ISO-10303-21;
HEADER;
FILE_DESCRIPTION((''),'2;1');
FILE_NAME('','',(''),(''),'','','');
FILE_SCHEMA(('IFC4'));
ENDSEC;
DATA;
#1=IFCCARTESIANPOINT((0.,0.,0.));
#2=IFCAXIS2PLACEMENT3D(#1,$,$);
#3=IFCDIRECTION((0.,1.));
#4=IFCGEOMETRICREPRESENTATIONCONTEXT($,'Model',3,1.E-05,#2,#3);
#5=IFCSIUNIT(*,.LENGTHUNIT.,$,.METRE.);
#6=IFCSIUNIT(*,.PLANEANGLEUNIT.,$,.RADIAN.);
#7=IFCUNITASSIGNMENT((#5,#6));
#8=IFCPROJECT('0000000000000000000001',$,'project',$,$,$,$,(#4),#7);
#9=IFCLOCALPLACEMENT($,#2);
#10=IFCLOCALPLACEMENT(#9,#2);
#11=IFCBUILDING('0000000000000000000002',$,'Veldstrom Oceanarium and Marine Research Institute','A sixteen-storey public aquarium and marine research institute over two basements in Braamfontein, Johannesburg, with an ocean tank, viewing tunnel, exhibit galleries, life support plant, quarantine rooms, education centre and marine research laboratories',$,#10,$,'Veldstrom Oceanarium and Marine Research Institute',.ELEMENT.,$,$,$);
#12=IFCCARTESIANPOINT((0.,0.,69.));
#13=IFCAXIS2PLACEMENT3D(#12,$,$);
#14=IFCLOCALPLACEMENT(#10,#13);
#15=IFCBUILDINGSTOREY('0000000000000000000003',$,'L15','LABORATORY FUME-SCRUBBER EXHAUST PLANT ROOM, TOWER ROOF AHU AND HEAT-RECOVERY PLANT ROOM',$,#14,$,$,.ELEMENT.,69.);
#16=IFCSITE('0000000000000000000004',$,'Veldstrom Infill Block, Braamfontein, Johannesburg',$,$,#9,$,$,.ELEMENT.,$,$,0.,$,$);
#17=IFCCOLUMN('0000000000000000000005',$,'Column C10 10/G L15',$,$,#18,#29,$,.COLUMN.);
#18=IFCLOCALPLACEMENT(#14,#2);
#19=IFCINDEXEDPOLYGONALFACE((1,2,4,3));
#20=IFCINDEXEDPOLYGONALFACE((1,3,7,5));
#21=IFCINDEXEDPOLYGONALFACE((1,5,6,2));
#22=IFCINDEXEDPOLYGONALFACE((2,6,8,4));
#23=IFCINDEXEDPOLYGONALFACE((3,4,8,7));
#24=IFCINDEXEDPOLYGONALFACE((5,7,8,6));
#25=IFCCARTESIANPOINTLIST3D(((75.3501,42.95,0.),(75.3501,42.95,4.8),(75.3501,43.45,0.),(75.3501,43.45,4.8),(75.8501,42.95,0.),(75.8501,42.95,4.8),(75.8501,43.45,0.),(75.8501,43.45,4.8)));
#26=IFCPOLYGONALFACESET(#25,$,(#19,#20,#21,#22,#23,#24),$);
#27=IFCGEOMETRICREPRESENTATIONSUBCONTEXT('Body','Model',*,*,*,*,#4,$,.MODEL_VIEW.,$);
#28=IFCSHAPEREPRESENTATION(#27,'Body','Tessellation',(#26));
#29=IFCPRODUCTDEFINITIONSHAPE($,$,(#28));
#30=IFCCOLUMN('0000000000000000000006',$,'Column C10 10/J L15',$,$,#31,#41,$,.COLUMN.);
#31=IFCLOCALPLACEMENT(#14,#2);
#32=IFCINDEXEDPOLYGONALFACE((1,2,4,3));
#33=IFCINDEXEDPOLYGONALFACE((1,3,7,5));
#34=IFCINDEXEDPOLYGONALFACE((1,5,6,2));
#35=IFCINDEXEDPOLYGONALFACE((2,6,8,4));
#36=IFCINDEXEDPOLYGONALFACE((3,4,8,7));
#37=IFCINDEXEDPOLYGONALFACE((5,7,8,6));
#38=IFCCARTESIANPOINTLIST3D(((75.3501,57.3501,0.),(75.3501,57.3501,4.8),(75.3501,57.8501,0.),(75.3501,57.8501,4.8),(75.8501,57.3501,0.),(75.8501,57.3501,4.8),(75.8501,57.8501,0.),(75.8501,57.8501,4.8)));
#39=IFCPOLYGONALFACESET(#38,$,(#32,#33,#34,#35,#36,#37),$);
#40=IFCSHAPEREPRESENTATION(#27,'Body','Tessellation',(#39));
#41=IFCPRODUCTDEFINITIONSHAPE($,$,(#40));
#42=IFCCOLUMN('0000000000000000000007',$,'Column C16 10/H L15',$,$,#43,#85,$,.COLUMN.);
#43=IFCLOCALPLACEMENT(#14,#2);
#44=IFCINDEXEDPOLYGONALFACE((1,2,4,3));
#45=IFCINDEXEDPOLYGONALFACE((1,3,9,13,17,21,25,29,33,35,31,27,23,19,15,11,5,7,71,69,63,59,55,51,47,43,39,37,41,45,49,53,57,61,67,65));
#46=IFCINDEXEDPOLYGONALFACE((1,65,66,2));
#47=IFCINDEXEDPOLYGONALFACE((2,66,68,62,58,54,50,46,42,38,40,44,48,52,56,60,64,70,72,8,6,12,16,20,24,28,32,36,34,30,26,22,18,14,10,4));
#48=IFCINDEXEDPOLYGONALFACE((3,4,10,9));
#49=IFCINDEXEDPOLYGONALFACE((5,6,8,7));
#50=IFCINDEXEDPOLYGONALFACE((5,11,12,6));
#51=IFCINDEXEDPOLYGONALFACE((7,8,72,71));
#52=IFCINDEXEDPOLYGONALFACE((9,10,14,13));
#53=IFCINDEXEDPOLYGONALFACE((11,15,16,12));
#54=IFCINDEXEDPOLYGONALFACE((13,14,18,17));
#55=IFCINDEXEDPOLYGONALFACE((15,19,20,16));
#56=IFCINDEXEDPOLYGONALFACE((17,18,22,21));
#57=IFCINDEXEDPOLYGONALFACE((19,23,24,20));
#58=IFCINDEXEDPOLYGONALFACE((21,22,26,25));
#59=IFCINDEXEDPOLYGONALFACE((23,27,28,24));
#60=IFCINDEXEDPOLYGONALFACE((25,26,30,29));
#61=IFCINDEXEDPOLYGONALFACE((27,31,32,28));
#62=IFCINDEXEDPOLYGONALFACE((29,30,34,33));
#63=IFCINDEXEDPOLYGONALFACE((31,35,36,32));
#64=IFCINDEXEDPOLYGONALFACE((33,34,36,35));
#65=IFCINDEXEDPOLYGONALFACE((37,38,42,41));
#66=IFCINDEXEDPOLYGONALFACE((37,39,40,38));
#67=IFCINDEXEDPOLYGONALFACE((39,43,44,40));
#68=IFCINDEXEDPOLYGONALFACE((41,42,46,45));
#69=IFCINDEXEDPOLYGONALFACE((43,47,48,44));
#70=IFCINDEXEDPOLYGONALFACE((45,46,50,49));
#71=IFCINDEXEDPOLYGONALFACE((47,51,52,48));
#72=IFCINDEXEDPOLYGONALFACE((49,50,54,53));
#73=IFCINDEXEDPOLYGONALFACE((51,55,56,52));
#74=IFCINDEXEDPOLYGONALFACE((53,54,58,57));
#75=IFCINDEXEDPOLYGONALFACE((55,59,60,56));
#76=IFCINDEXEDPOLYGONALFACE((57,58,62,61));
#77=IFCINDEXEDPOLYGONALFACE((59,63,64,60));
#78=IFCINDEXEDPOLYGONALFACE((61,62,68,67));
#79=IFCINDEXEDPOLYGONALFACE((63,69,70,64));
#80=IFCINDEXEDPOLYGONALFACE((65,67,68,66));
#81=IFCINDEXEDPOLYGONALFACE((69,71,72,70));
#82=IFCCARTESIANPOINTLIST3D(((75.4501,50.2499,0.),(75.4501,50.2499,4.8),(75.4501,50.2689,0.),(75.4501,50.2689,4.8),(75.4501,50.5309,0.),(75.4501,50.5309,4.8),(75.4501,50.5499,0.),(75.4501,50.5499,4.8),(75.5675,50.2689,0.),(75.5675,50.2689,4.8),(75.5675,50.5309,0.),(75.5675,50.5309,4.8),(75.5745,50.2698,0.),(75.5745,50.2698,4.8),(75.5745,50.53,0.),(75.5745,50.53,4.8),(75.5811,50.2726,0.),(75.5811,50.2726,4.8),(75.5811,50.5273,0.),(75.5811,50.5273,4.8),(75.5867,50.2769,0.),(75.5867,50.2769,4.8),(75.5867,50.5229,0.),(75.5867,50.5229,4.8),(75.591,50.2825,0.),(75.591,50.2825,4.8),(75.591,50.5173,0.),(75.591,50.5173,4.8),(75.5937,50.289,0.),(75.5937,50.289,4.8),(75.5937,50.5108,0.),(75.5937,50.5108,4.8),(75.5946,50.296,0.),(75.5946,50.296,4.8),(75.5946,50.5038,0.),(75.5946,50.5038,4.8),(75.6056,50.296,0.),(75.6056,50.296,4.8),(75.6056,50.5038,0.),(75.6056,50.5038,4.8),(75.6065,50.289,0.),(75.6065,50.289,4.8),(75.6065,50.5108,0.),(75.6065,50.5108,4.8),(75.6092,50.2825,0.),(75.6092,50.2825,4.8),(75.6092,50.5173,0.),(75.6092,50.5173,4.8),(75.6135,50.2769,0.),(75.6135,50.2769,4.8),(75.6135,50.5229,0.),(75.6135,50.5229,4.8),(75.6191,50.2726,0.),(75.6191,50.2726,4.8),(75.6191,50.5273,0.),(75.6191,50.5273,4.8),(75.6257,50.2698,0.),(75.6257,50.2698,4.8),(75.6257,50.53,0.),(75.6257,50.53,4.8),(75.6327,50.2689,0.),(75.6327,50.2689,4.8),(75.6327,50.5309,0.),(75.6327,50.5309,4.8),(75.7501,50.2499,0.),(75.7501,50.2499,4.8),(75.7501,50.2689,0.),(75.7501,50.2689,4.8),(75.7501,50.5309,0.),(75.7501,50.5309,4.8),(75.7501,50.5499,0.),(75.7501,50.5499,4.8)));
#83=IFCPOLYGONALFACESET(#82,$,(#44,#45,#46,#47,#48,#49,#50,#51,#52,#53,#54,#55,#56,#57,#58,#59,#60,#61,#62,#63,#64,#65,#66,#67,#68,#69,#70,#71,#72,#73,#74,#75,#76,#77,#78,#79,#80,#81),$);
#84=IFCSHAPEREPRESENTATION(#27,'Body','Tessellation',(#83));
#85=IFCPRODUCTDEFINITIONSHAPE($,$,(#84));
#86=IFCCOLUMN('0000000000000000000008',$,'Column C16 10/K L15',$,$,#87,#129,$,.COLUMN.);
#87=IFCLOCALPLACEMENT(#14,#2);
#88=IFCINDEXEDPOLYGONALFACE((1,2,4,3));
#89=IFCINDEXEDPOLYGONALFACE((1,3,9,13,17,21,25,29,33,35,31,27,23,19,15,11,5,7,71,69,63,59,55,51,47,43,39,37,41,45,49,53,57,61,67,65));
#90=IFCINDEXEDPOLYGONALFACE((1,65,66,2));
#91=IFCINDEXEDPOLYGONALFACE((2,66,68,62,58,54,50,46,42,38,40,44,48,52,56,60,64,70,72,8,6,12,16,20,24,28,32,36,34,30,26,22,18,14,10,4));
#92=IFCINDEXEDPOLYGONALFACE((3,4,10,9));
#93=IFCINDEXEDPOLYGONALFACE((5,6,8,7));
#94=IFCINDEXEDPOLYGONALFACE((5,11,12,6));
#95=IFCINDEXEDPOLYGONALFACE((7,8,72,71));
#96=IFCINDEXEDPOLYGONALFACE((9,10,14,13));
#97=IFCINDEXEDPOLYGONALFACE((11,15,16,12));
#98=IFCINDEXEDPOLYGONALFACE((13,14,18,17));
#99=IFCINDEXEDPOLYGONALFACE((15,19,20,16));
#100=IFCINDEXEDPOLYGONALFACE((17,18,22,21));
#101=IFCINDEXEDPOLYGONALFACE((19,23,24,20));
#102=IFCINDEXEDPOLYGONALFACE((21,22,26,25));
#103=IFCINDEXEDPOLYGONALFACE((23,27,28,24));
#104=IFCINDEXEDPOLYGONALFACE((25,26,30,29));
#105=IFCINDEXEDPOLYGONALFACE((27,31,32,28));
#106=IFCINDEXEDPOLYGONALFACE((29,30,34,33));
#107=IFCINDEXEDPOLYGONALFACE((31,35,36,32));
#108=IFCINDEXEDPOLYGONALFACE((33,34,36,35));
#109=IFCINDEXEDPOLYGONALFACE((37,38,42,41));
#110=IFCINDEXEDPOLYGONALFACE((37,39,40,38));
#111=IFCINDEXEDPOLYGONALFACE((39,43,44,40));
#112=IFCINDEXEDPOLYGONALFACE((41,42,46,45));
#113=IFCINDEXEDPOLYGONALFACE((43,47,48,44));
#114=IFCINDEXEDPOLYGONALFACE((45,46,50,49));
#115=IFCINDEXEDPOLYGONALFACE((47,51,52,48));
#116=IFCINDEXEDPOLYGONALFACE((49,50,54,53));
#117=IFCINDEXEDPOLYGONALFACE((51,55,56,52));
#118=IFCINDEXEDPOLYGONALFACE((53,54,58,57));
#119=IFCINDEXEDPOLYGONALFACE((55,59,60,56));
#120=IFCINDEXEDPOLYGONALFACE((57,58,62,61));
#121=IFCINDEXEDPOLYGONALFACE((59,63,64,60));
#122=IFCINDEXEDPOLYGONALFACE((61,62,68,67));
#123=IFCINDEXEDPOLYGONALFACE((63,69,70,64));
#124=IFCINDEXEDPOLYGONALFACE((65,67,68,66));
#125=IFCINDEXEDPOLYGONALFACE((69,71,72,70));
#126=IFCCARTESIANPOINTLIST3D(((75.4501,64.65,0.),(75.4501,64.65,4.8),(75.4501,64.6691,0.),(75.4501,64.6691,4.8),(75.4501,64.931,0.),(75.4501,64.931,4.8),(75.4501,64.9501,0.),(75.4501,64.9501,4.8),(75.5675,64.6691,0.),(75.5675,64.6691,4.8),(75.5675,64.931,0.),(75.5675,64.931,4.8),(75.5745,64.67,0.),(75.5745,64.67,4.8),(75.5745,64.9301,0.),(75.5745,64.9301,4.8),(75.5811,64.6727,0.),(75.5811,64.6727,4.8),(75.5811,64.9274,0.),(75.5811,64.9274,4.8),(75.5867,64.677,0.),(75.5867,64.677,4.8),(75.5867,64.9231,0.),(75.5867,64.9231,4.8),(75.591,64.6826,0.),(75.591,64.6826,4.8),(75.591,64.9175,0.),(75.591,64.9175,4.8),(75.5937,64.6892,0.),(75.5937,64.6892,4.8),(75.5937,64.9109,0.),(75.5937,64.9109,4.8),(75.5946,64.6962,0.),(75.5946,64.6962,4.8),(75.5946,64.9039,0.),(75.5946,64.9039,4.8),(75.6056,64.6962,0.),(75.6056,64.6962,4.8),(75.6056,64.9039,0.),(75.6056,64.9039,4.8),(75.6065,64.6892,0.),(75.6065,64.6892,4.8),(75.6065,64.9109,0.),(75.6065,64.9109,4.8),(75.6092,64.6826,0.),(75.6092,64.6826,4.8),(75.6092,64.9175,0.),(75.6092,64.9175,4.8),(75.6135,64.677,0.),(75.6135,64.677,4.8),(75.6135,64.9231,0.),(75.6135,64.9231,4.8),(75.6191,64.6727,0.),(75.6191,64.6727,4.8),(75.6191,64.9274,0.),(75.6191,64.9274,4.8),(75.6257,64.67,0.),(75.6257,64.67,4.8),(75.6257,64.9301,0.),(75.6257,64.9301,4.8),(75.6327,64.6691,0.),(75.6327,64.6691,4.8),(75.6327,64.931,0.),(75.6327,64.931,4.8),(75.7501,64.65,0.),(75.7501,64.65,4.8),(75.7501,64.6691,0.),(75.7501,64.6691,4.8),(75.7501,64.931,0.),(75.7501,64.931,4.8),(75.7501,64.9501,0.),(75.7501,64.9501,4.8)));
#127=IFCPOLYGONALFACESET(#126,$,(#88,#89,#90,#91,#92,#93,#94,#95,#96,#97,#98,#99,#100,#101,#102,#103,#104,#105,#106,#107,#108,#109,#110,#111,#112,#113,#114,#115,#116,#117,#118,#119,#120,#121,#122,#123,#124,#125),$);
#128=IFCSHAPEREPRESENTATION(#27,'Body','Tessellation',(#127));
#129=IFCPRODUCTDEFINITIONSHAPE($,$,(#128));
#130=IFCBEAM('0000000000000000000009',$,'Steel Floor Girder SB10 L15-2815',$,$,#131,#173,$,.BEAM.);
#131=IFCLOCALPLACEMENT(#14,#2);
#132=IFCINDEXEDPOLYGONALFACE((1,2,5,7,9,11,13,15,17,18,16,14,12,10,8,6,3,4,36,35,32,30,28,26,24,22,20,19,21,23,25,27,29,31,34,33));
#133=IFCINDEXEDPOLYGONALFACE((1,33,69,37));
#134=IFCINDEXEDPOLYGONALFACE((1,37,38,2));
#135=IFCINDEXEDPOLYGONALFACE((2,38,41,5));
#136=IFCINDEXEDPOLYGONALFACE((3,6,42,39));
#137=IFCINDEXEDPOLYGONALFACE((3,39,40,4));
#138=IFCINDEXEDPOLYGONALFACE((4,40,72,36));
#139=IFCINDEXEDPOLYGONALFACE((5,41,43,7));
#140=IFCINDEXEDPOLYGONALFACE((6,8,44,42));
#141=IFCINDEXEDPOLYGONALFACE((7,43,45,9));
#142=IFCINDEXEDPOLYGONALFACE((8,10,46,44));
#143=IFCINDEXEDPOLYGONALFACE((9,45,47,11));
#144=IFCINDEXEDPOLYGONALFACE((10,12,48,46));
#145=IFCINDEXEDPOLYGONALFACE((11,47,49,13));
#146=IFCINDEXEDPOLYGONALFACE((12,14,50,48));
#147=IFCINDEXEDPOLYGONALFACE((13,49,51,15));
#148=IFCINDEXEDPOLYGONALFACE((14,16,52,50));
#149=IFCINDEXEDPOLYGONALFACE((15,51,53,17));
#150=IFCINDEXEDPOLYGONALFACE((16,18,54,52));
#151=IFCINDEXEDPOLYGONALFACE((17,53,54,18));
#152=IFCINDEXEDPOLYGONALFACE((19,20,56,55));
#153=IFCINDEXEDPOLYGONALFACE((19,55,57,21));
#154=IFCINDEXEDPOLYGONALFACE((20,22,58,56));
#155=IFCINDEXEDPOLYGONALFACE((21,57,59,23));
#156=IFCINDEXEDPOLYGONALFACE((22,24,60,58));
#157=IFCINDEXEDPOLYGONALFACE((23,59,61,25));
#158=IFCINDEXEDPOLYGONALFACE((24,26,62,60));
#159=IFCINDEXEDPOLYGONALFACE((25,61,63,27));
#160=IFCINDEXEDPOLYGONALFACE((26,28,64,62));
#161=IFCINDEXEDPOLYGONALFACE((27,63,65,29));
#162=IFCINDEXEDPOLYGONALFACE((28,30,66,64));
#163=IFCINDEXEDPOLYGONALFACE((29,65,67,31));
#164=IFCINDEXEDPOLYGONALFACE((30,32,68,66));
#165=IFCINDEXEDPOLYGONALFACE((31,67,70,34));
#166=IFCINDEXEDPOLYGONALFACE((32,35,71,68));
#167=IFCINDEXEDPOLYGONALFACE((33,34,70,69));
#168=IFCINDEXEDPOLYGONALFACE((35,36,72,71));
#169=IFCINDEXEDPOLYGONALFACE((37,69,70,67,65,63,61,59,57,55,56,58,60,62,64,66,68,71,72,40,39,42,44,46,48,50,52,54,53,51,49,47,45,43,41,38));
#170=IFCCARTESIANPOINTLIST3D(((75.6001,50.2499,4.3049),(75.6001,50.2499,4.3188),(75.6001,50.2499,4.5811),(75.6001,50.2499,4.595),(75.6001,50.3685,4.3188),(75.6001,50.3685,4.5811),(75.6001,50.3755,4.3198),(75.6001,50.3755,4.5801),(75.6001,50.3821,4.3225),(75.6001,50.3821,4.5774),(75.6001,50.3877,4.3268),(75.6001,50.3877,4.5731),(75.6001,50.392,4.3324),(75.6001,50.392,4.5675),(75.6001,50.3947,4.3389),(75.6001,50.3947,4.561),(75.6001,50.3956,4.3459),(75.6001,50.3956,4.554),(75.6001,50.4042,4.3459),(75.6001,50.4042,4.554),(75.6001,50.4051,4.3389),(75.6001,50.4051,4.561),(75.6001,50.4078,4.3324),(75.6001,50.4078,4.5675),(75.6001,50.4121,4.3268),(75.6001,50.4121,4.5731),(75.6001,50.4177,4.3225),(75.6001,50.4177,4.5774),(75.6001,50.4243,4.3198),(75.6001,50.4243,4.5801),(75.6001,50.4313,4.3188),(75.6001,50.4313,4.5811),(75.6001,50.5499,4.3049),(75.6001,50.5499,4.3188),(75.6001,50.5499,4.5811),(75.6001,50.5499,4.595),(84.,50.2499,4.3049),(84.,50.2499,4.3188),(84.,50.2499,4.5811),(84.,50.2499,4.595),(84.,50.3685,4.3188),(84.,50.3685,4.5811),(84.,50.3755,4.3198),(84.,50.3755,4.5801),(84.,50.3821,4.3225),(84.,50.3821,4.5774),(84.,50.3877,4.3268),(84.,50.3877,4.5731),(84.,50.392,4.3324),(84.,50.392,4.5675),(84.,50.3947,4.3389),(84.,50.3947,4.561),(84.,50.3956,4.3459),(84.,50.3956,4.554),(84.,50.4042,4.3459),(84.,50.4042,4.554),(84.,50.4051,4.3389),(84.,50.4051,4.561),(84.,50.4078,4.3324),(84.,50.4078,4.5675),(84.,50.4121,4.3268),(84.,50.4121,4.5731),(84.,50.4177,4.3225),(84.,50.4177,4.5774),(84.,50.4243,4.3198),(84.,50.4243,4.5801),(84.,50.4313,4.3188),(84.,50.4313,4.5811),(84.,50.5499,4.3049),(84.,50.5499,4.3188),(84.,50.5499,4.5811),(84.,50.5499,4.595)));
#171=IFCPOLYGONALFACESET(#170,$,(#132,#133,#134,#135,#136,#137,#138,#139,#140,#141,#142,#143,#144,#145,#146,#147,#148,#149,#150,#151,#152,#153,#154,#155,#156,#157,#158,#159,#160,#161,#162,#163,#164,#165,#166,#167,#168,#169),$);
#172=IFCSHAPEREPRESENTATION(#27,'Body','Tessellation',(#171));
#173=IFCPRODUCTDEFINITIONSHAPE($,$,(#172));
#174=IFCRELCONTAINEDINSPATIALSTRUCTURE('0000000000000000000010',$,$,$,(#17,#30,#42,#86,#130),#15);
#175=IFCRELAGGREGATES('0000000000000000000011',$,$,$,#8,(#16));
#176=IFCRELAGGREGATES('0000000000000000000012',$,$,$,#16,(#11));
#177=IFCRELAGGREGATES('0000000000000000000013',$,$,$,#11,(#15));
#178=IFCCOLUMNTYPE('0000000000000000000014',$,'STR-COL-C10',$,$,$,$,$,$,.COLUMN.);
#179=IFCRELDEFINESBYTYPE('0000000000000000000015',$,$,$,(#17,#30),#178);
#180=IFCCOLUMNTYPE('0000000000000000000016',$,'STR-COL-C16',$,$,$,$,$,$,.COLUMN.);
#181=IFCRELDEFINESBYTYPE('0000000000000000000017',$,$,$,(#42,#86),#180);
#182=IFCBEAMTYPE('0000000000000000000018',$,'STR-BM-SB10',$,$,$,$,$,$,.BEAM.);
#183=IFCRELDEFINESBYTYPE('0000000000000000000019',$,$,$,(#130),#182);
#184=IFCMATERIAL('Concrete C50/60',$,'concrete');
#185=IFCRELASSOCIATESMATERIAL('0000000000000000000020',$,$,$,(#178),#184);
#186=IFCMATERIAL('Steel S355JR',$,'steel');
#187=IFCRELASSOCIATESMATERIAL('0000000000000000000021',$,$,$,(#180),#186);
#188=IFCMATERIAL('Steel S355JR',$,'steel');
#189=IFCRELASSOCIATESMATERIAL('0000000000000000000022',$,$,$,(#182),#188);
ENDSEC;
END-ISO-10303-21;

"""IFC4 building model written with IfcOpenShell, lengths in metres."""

from ifc_helpers import new_model, si_unit, direction, frame, origin, origin_2d, place, context, subcontext, project, spatial, rectangle, i_section, extrude, material, material_profile, profile_set, type_object, element, save


model = new_model("IFC4")

# Units and contexts
model_context = context("Model", 3, precision=1e-05, world=origin(), true_north=direction((0.0, 1.0)))
body_context = subcontext(model_context, "Body", "Model", "MODEL_VIEW")
ifc_project = project(units=[si_unit("LENGTHUNIT", "METRE"), si_unit("PLANEANGLEUNIT", "RADIAN")], contexts=[model_context])

# Site, building, storey
site_placement = place(None, origin())
site = spatial("IfcSite", under=ifc_project, at=site_placement, Name="Veldstrom Infill Block, Braamfontein, Johannesburg", CompositionType="ELEMENT", RefElevation=0.0)
building_placement = place(site_placement, origin())
building = spatial("IfcBuilding", under=site, at=building_placement, Name="Veldstrom Oceanarium and Marine Research Institute", Description="A sixteen-storey public aquarium and marine research institute over two basements in Braamfontein, Johannesburg, with an ocean tank, viewing tunnel, exhibit galleries, life support plant, quarantine rooms, education centre and marine research laboratories", LongName="Veldstrom Oceanarium and Marine Research Institute", CompositionType="ELEMENT")
storey_placement = place(building_placement, frame((0.0, 0.0, 69.0)))
storey = spatial("IfcBuildingStorey", under=building, at=storey_placement, Name="L15", Description="LABORATORY FUME-SCRUBBER EXHAUST PLANT ROOM, TOWER ROOF AHU AND HEAT-RECOVERY PLANT ROOM", CompositionType="ELEMENT", Elevation=69.0)

# Columns
ifc_material_1 = material(Name="Concrete C50/60", Category="concrete")
ifc_material_profile_1 = material_profile(ifc_material_1, rectangle(XDim=0.5, YDim=0.5, at=origin_2d()), Name="RC-COL-500x500")
ifc_profile_set_1 = profile_set([ifc_material_profile_1], Name="Concrete C50/60")
column_type_1 = type_object("IfcColumnType", Name="STR-COL-C10", PredefinedType="COLUMN", material=ifc_profile_set_1)
for number, where, z_axis, x_axis, name in (
    (1, (75.6001, 43.2, 0.0), (0.0, 0.0, 1.0), (1.0, 0.0, 0.0), "Column C10 10/G L15"),
    (2, (75.6001, 57.6001, 0.0), (0.0, 0.0, 1.0), (1.0, 0.0, 0.0), "Column C10 10/J L15"),
):
    element("IfcColumn", number, at=place(storey_placement, frame(where, z_axis=z_axis, x_axis=x_axis)), inside=storey, type_object=column_type_1, Name=name, PredefinedType="COLUMN", context=body_context, shape_type="SweptSolid", body=[
        extrude(rectangle(XDim=0.5, YDim=0.5, at=origin_2d()), origin(), (0.0, 0.0, 1.0), 4.8),
    ])
ifc_material_2 = material(Name="Steel S355JR", Category="steel")
ifc_material_profile_2 = material_profile(ifc_material_2, i_section(OverallWidth=0.3, OverallDepth=0.3, WebThickness=0.011, FlangeThickness=0.019, FilletRadius=0.0271, at=origin_2d()), Name="HEB 300")
ifc_profile_set_2 = profile_set([ifc_material_profile_2], Name="Steel S355JR")
column_type_2 = type_object("IfcColumnType", Name="STR-COL-C16", PredefinedType="COLUMN", material=ifc_profile_set_2)
for number, where, z_axis, x_axis, name in (
    (3, (75.6001, 50.3999, 0.0), (0.0, 0.0, 1.0), (1.0, 0.0, 0.0), "Column C16 10/H L15"),
    (4, (75.6001, 64.8, 0.0), (0.0, 0.0, 1.0), (1.0, 0.0, 0.0), "Column C16 10/K L15"),
):
    element("IfcColumn", number, at=place(storey_placement, frame(where, z_axis=z_axis, x_axis=x_axis)), inside=storey, type_object=column_type_2, Name=name, PredefinedType="COLUMN", context=body_context, shape_type="SweptSolid", body=[
        extrude(i_section(OverallWidth=0.3, OverallDepth=0.3, WebThickness=0.011, FlangeThickness=0.019, FilletRadius=0.0271, at=origin_2d()), origin(), (0.0, 0.0, 1.0), 4.8),
    ])

# Beam
ifc_material_3 = material(Name="Steel S355JR", Category="steel")
ifc_material_profile_3 = material_profile(ifc_material_3, i_section(OverallWidth=0.3, OverallDepth=0.29, WebThickness=0.0085, FlangeThickness=0.0139, FilletRadius=0.0271, at=origin_2d()), Name="HEA 300")
ifc_profile_set_3 = profile_set([ifc_material_profile_3], Name="Steel S355JR")
beam_type_1 = type_object("IfcBeamType", Name="STR-BM-SB10", PredefinedType="BEAM", material=ifc_profile_set_3)
for number, where, z_axis, x_axis, name in (
    (5, (75.6001, 50.3999, 4.45), (1.0, 0.0, 0.0), (0.0, 1.0, 0.0), "Steel Floor Girder SB10 L15-2815"),
):
    element("IfcBeam", number, at=place(storey_placement, frame(where, z_axis=z_axis, x_axis=x_axis)), inside=storey, type_object=beam_type_1, Name=name, PredefinedType="BEAM", context=body_context, shape_type="SweptSolid", body=[
        extrude(i_section(OverallWidth=0.3, OverallDepth=0.29, WebThickness=0.0085, FlangeThickness=0.0139, FilletRadius=0.0271, at=origin_2d()), origin(), (0.0, 0.0, 1.0), 8.3999),
    ])

save(model, "model.ifc")
